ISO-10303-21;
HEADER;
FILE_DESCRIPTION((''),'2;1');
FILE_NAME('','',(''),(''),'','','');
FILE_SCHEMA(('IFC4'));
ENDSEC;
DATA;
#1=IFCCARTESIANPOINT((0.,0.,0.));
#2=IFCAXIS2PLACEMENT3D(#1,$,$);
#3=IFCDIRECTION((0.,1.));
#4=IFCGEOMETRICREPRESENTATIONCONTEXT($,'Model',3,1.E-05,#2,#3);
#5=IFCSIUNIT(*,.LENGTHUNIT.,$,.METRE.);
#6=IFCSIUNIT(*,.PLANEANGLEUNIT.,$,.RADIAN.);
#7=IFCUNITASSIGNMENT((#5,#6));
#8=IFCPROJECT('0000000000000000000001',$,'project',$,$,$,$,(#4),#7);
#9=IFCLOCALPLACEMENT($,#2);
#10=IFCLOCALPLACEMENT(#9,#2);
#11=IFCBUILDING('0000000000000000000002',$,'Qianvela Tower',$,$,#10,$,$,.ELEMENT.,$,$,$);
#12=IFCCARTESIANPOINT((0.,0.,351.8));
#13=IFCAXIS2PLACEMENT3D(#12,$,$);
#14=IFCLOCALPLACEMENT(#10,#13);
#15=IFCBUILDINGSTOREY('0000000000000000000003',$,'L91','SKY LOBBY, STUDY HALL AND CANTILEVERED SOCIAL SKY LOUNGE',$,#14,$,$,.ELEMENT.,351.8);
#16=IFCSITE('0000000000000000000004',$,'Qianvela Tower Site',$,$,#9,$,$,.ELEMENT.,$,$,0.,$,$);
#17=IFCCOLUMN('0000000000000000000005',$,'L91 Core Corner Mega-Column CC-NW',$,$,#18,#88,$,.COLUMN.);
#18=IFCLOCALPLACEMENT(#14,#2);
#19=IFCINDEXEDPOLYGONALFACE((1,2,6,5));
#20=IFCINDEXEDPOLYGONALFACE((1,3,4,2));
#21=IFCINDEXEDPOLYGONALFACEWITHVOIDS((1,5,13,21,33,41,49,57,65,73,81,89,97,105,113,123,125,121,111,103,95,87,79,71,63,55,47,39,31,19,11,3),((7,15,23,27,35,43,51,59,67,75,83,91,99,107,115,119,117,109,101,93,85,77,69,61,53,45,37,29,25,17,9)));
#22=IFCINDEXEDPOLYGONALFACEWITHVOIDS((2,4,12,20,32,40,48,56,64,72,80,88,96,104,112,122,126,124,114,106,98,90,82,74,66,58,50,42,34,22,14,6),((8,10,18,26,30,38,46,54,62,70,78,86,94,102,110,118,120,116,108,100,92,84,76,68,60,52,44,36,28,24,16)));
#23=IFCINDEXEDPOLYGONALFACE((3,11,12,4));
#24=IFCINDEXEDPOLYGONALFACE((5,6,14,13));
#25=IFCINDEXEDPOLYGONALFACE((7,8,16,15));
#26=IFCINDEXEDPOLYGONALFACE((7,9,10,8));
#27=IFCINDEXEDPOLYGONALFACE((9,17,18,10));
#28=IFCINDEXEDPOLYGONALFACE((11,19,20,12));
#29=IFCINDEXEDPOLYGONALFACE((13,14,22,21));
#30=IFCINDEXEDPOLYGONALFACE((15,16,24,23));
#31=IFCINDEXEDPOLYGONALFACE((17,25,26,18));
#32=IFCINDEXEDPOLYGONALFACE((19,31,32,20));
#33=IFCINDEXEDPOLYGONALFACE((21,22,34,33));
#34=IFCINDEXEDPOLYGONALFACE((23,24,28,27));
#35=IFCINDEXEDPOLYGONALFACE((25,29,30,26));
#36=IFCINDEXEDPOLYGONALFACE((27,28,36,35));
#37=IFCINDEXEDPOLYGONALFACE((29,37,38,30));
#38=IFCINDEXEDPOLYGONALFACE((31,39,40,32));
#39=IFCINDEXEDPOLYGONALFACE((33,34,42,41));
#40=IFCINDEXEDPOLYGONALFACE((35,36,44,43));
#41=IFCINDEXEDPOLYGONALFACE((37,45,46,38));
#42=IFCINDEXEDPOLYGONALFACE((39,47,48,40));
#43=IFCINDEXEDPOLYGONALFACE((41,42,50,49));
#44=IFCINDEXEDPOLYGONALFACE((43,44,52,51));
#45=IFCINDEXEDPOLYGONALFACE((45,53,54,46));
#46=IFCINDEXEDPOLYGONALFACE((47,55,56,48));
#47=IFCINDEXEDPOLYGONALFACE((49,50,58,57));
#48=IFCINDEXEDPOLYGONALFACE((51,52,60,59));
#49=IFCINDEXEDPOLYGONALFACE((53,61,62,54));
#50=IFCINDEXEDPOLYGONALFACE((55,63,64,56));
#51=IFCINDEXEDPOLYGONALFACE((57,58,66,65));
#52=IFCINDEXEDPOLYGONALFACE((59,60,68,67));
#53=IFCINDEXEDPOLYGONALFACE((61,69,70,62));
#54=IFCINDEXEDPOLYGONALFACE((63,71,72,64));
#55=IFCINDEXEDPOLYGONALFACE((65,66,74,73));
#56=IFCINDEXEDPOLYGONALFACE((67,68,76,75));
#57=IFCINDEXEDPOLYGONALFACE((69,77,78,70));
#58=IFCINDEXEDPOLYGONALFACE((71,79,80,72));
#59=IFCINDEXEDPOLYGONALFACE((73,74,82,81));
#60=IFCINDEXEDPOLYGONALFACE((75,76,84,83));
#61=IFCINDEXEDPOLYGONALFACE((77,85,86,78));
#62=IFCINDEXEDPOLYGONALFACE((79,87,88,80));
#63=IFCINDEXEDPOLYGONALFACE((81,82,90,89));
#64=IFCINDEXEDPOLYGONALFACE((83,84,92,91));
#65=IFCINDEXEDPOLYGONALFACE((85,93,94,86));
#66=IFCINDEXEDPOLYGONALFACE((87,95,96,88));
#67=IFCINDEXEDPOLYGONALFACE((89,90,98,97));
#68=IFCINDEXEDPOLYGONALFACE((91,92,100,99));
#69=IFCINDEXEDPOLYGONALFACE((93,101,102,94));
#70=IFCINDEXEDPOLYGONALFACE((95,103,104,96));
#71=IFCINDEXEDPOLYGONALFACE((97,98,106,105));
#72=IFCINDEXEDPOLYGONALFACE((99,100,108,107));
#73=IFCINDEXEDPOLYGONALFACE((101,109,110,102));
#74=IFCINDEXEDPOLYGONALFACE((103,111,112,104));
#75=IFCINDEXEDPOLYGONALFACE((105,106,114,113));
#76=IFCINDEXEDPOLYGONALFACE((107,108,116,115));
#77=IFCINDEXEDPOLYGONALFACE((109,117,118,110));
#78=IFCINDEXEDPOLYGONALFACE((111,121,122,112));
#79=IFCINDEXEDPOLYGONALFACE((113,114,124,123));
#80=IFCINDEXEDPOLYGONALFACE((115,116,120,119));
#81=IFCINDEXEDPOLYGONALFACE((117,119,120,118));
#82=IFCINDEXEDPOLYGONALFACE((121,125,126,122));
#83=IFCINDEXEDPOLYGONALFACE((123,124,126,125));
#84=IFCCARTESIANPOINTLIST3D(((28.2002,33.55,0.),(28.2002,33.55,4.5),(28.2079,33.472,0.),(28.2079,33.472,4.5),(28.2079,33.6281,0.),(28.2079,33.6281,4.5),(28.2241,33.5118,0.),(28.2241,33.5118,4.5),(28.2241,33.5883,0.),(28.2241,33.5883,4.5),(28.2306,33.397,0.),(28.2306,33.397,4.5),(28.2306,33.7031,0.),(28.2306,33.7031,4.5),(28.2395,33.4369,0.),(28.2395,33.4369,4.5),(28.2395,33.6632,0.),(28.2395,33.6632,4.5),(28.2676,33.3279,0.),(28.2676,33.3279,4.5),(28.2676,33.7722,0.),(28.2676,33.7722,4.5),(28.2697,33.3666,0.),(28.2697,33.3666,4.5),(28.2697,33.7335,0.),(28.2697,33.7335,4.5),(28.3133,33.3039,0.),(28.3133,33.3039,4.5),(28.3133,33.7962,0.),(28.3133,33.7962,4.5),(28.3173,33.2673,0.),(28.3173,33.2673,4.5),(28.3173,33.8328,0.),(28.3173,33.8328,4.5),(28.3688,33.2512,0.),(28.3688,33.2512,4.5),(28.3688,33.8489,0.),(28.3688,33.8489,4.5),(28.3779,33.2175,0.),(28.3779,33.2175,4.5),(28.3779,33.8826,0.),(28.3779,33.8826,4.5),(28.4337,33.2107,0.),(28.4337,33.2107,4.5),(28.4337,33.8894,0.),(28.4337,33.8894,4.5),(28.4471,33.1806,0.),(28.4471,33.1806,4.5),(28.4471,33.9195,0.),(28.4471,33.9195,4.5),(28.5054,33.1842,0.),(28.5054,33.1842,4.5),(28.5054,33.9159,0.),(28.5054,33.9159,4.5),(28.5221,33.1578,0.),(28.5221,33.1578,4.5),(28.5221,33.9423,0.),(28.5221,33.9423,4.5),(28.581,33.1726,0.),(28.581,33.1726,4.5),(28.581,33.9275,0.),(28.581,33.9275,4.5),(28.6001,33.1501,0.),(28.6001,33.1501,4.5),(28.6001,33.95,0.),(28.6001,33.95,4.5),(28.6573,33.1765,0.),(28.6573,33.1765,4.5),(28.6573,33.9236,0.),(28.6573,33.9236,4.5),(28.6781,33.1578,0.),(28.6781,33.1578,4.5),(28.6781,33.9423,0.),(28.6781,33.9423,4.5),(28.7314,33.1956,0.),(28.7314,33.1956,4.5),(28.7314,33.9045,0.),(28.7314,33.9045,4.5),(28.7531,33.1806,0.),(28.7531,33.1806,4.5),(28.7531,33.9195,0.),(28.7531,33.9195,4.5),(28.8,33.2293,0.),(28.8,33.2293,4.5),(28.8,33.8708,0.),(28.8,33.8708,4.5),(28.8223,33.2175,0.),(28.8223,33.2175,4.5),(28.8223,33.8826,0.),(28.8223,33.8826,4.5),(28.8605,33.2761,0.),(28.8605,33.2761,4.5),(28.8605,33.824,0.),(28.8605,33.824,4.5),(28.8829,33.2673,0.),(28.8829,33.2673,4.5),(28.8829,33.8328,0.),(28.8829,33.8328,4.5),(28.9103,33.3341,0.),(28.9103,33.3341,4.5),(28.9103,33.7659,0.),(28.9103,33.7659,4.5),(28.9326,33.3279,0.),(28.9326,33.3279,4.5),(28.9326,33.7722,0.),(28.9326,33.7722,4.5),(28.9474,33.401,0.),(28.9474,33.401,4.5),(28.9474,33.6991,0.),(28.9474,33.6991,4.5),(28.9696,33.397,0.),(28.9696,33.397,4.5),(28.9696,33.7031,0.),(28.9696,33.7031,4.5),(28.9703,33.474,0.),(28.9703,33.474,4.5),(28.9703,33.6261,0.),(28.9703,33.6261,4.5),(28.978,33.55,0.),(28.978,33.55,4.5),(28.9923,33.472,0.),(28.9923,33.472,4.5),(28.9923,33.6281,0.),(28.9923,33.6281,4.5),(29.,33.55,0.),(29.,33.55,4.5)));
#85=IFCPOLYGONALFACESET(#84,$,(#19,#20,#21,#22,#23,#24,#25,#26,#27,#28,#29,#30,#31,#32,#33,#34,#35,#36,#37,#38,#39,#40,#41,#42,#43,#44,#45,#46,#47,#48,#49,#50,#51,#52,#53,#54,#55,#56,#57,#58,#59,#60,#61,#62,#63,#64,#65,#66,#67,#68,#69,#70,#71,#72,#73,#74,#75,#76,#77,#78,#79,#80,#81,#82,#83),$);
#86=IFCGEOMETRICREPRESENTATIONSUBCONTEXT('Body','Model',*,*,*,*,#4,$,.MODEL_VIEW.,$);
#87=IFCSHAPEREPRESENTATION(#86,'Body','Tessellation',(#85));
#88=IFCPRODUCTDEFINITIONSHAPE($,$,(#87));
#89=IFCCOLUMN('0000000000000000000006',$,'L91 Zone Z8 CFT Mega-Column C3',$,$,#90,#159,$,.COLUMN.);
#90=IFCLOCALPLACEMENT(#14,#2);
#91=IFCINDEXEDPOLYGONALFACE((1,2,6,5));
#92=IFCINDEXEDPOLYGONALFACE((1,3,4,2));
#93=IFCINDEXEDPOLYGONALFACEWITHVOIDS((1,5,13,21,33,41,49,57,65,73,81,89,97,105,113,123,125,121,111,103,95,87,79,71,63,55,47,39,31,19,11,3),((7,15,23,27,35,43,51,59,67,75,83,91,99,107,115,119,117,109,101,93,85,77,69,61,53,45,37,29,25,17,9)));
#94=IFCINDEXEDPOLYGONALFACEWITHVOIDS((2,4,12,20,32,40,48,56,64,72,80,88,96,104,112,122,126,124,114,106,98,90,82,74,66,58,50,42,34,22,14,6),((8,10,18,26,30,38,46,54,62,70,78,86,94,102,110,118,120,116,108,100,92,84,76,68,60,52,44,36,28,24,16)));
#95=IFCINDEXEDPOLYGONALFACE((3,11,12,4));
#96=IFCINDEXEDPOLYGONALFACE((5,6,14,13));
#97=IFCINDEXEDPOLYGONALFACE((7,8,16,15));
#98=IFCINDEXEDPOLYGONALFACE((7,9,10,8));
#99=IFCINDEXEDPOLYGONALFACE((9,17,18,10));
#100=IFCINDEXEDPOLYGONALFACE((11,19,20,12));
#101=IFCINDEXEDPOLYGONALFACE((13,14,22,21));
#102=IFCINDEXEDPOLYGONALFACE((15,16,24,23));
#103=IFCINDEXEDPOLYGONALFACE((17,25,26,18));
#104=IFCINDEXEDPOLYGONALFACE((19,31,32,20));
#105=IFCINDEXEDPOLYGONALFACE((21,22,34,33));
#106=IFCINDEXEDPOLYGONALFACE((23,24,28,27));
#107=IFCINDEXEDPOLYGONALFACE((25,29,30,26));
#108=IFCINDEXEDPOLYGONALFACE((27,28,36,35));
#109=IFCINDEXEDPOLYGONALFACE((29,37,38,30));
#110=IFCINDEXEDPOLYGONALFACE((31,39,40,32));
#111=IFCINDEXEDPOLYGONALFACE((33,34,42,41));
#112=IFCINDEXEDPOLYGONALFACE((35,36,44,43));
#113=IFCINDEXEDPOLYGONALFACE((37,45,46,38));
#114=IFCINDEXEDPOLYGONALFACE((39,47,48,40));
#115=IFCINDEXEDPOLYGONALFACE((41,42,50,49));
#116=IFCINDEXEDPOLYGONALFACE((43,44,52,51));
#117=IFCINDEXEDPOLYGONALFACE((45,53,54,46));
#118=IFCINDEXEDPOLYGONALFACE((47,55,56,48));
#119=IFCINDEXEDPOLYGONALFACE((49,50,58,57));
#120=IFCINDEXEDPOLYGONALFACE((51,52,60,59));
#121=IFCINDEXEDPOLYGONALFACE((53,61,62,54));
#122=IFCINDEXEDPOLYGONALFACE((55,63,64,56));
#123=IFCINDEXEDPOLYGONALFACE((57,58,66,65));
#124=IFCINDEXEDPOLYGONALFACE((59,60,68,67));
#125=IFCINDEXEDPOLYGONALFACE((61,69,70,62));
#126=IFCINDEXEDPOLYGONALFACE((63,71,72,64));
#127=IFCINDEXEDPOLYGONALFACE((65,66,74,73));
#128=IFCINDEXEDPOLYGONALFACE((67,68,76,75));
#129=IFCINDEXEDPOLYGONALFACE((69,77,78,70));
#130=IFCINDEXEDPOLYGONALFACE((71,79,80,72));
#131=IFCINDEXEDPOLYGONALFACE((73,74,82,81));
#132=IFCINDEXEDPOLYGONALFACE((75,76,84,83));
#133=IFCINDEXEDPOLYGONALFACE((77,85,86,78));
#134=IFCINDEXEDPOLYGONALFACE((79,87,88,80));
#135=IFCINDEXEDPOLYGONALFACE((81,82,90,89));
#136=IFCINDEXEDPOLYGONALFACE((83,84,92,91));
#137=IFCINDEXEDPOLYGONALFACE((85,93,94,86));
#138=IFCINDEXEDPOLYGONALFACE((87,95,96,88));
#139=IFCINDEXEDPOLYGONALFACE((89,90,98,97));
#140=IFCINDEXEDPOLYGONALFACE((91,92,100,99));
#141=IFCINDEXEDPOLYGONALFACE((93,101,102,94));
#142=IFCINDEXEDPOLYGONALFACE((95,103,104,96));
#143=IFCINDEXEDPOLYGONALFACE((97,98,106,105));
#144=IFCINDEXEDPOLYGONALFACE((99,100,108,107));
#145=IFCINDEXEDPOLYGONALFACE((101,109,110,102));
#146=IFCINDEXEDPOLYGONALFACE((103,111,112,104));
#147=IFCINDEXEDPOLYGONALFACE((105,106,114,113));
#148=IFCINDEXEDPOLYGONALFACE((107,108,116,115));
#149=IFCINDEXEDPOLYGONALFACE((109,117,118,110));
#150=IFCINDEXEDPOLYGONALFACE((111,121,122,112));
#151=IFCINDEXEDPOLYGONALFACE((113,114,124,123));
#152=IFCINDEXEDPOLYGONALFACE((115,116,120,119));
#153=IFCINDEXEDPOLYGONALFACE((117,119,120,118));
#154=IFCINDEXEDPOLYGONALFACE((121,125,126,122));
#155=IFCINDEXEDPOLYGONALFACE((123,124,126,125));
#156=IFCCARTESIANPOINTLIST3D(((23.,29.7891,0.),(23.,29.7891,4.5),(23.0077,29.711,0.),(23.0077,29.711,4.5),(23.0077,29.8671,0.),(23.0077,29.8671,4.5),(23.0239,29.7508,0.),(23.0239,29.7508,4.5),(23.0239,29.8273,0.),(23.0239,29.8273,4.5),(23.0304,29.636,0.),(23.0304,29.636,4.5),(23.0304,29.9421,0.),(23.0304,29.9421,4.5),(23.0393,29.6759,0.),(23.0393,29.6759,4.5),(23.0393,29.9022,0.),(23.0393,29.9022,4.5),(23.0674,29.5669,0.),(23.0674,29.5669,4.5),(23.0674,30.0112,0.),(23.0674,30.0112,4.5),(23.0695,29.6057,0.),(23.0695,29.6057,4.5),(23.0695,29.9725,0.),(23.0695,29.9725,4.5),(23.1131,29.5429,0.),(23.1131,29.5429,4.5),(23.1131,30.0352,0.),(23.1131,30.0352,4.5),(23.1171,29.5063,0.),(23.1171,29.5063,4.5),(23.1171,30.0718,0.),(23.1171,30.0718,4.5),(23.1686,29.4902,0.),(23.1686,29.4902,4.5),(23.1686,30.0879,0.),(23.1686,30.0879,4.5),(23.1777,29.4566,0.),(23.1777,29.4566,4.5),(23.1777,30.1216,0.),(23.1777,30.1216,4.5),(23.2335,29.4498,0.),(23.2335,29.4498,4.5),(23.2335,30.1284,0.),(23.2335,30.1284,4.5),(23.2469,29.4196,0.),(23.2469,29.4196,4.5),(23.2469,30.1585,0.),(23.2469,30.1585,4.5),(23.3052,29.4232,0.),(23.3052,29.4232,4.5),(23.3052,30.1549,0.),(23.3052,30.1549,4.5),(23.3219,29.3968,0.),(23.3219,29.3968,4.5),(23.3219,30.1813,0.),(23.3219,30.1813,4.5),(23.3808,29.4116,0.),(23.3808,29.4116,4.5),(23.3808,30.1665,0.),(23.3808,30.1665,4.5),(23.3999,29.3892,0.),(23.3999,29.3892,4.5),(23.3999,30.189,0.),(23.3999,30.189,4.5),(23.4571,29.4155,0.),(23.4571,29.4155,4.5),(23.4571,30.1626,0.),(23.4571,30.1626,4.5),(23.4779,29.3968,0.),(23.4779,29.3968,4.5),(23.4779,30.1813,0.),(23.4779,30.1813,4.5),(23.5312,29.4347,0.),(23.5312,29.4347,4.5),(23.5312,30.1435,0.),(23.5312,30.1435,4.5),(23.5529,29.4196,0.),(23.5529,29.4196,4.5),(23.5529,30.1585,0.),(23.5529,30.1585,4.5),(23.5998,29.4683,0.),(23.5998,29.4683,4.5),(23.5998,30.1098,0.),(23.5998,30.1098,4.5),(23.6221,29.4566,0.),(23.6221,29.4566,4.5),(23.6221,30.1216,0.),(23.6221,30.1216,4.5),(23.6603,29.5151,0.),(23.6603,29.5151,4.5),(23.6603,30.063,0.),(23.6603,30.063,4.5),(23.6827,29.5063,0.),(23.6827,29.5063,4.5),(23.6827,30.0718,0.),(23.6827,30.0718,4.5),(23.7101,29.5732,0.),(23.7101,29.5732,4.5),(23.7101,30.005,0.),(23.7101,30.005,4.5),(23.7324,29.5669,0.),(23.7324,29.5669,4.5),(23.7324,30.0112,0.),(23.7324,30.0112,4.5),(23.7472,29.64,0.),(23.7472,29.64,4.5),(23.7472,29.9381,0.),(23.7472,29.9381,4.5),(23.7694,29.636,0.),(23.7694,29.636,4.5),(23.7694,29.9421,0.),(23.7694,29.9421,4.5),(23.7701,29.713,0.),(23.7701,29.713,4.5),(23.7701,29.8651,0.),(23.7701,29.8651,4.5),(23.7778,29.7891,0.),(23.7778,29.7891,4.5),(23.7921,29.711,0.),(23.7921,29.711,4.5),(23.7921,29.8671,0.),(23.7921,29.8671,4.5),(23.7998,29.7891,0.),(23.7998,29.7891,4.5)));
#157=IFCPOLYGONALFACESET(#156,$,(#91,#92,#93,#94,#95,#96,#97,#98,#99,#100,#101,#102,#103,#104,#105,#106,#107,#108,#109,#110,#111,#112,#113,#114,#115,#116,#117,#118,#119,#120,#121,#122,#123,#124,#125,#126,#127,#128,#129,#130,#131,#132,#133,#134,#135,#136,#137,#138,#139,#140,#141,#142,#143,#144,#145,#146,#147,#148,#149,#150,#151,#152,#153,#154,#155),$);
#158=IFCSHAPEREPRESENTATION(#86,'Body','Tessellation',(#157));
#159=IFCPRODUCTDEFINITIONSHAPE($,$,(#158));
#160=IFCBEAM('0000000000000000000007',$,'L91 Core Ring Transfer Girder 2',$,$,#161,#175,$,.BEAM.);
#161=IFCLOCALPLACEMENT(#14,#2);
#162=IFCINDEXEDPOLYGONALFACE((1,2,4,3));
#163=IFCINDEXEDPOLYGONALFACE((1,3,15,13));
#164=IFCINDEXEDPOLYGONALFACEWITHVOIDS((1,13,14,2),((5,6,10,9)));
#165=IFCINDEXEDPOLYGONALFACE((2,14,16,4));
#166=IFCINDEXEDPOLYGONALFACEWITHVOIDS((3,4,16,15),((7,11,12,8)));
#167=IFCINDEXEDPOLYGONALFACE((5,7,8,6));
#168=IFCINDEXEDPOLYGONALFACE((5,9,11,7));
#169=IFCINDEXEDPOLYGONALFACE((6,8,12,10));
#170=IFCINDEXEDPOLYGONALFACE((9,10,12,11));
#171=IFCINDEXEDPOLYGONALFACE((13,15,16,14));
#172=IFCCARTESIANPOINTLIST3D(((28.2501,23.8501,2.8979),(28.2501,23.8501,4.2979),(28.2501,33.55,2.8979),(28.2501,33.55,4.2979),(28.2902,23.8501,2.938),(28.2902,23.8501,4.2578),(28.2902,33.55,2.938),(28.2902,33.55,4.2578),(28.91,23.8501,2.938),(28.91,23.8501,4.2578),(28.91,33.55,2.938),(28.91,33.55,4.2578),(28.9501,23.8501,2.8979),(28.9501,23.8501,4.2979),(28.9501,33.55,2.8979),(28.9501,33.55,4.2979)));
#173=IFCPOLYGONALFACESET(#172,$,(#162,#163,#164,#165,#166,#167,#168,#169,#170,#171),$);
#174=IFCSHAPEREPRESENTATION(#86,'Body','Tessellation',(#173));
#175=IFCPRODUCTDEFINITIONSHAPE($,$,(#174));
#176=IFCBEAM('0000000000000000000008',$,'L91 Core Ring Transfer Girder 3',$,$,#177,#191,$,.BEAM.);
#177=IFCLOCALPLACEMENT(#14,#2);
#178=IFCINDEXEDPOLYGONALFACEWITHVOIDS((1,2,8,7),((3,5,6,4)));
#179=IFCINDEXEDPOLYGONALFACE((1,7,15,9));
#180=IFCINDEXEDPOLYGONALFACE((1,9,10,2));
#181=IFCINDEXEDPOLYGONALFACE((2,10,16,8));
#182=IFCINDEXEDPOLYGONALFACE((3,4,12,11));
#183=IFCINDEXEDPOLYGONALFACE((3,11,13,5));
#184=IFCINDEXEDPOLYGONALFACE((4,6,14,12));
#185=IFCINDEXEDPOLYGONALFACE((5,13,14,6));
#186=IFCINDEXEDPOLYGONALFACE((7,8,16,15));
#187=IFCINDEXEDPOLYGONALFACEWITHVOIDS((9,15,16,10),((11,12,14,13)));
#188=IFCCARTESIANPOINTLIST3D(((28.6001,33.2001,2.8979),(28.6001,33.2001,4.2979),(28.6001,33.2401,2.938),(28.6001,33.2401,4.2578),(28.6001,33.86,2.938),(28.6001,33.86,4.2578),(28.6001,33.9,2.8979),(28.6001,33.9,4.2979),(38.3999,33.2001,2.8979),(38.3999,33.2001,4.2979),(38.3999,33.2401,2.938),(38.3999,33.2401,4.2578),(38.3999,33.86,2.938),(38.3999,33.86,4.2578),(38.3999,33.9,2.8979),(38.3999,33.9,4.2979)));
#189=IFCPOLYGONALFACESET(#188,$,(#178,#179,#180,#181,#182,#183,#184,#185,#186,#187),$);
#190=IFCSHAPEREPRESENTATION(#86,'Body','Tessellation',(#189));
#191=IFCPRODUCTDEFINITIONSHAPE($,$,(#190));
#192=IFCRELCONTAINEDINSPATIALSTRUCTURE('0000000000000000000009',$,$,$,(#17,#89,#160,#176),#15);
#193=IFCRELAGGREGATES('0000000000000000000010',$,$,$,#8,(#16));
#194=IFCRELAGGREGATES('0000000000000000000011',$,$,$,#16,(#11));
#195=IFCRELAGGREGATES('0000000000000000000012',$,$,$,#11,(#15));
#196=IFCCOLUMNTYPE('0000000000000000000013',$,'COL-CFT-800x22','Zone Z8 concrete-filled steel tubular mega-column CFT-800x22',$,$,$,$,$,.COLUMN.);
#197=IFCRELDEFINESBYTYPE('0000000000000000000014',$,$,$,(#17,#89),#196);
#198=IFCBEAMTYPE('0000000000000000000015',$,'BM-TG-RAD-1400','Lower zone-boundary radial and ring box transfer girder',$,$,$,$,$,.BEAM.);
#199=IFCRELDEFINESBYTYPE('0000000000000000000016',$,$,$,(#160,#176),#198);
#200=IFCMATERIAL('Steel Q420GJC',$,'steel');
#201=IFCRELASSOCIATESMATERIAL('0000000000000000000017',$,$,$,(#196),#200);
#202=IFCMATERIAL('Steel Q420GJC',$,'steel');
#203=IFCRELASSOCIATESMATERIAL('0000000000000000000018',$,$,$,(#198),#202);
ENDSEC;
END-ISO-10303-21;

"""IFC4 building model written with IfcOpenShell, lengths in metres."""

from ifc_helpers import new_model, si_unit, direction, frame, origin, origin_2d, place, context, subcontext, project, spatial, hollow_rectangle, hollow_circle, extrude, material, material_profile, profile_set, type_object, element, save


model = new_model("IFC4")

# Units and contexts
model_context = context("Model", 3, precision=1e-05, world=origin(), true_north=direction((0.0, 1.0)))
body_context = subcontext(model_context, "Body", "Model", "MODEL_VIEW")
ifc_project = project(units=[si_unit("LENGTHUNIT", "METRE"), si_unit("PLANEANGLEUNIT", "RADIAN")], contexts=[model_context])

# Site, building, storey
site_placement = place(None, origin())
site = spatial("IfcSite", under=ifc_project, at=site_placement, Name="Qianvela Tower Site", CompositionType="ELEMENT", RefElevation=0.0)
building_placement = place(site_placement, origin())
building = spatial("IfcBuilding", under=site, at=building_placement, Name="Qianvela Tower", CompositionType="ELEMENT")
storey_placement = place(building_placement, frame((0.0, 0.0, 351.8)))
storey = spatial("IfcBuildingStorey", under=building, at=storey_placement, Name="L91", Description="SKY LOBBY, STUDY HALL AND CANTILEVERED SOCIAL SKY LOUNGE", CompositionType="ELEMENT", Elevation=351.8)

# Columns
ifc_material_1 = material(Name="Steel Q420GJC", Category="steel")
ifc_material_profile_1 = material_profile(ifc_material_1, hollow_circle(Radius=0.3999, WallThickness=0.022, at=origin_2d()), Name="CFT-800x22")
ifc_profile_set_1 = profile_set([ifc_material_profile_1], Name="Steel Q420GJC")
column_type = type_object("IfcColumnType", Name="COL-CFT-800x22", Description="Zone Z8 concrete-filled steel tubular mega-column CFT-800x22", PredefinedType="COLUMN", material=ifc_profile_set_1)
for number, where, z_axis, x_axis, name in (
    (1, (28.6001, 33.55, 0.0), (0.0, 0.0, 1.0), (1.0, 0.0, 0.0), "L91 Core Corner Mega-Column CC-NW"),
    (2, (23.3999, 29.7891, 0.0), (0.0, 0.0, 1.0), (1.0, 0.0, 0.0), "L91 Zone Z8 CFT Mega-Column C3"),
):
    element("IfcColumn", number, at=place(storey_placement, frame(where, z_axis=z_axis, x_axis=x_axis)), inside=storey, type_object=column_type, Name=name, PredefinedType="COLUMN", context=body_context, shape_type="SweptSolid", body=[
        extrude(hollow_circle(Radius=0.3999, WallThickness=0.022, at=origin_2d()), origin(), (0.0, 0.0, 1.0), 4.5),
    ])

# Beams
ifc_material_2 = material(Name="Steel Q420GJC", Category="steel")
ifc_material_profile_2 = material_profile(ifc_material_2, hollow_rectangle(XDim=0.7, YDim=1.3999, WallThickness=0.04, at=origin_2d()), Name="TG-BOX-1400x700x40")
ifc_profile_set_2 = profile_set([ifc_material_profile_2], Name="Steel Q420GJC")
beam_type_1 = type_object("IfcBeamType", Name="BM-TG-RAD-1400", Description="Lower zone-boundary radial and ring box transfer girder", PredefinedType="BEAM", material=ifc_profile_set_2)
beam_1_placement = place(storey_placement, frame((28.6001, 33.55, 3.5979), z_axis=(0.0, -1.0, 0.0), x_axis=(1.0, 0.0, 0.0)))
element("IfcBeam", 3, at=beam_1_placement, inside=storey, type_object=beam_type_1, Name="L91 Core Ring Transfer Girder 2", PredefinedType="BEAM", context=body_context, shape_type="SweptSolid", body=[
    extrude(hollow_rectangle(XDim=0.7, YDim=1.3999, WallThickness=0.04, at=origin_2d()), origin(), (0.0, 0.0, 1.0), 9.7),
])
beam_2_placement = place(storey_placement, frame((28.6001, 33.55, 3.5979), z_axis=(1.0, 0.0, 0.0), x_axis=(0.0, 1.0, 0.0)))
element("IfcBeam", 4, at=beam_2_placement, inside=storey, type_object=beam_type_1, Name="L91 Core Ring Transfer Girder 3", PredefinedType="BEAM", context=body_context, shape_type="SweptSolid", body=[
    extrude(hollow_rectangle(XDim=0.7, YDim=1.3999, WallThickness=0.04, at=origin_2d()), origin(), (0.0, 0.0, 1.0), 9.7998),
])

save(model, "model.ifc")
